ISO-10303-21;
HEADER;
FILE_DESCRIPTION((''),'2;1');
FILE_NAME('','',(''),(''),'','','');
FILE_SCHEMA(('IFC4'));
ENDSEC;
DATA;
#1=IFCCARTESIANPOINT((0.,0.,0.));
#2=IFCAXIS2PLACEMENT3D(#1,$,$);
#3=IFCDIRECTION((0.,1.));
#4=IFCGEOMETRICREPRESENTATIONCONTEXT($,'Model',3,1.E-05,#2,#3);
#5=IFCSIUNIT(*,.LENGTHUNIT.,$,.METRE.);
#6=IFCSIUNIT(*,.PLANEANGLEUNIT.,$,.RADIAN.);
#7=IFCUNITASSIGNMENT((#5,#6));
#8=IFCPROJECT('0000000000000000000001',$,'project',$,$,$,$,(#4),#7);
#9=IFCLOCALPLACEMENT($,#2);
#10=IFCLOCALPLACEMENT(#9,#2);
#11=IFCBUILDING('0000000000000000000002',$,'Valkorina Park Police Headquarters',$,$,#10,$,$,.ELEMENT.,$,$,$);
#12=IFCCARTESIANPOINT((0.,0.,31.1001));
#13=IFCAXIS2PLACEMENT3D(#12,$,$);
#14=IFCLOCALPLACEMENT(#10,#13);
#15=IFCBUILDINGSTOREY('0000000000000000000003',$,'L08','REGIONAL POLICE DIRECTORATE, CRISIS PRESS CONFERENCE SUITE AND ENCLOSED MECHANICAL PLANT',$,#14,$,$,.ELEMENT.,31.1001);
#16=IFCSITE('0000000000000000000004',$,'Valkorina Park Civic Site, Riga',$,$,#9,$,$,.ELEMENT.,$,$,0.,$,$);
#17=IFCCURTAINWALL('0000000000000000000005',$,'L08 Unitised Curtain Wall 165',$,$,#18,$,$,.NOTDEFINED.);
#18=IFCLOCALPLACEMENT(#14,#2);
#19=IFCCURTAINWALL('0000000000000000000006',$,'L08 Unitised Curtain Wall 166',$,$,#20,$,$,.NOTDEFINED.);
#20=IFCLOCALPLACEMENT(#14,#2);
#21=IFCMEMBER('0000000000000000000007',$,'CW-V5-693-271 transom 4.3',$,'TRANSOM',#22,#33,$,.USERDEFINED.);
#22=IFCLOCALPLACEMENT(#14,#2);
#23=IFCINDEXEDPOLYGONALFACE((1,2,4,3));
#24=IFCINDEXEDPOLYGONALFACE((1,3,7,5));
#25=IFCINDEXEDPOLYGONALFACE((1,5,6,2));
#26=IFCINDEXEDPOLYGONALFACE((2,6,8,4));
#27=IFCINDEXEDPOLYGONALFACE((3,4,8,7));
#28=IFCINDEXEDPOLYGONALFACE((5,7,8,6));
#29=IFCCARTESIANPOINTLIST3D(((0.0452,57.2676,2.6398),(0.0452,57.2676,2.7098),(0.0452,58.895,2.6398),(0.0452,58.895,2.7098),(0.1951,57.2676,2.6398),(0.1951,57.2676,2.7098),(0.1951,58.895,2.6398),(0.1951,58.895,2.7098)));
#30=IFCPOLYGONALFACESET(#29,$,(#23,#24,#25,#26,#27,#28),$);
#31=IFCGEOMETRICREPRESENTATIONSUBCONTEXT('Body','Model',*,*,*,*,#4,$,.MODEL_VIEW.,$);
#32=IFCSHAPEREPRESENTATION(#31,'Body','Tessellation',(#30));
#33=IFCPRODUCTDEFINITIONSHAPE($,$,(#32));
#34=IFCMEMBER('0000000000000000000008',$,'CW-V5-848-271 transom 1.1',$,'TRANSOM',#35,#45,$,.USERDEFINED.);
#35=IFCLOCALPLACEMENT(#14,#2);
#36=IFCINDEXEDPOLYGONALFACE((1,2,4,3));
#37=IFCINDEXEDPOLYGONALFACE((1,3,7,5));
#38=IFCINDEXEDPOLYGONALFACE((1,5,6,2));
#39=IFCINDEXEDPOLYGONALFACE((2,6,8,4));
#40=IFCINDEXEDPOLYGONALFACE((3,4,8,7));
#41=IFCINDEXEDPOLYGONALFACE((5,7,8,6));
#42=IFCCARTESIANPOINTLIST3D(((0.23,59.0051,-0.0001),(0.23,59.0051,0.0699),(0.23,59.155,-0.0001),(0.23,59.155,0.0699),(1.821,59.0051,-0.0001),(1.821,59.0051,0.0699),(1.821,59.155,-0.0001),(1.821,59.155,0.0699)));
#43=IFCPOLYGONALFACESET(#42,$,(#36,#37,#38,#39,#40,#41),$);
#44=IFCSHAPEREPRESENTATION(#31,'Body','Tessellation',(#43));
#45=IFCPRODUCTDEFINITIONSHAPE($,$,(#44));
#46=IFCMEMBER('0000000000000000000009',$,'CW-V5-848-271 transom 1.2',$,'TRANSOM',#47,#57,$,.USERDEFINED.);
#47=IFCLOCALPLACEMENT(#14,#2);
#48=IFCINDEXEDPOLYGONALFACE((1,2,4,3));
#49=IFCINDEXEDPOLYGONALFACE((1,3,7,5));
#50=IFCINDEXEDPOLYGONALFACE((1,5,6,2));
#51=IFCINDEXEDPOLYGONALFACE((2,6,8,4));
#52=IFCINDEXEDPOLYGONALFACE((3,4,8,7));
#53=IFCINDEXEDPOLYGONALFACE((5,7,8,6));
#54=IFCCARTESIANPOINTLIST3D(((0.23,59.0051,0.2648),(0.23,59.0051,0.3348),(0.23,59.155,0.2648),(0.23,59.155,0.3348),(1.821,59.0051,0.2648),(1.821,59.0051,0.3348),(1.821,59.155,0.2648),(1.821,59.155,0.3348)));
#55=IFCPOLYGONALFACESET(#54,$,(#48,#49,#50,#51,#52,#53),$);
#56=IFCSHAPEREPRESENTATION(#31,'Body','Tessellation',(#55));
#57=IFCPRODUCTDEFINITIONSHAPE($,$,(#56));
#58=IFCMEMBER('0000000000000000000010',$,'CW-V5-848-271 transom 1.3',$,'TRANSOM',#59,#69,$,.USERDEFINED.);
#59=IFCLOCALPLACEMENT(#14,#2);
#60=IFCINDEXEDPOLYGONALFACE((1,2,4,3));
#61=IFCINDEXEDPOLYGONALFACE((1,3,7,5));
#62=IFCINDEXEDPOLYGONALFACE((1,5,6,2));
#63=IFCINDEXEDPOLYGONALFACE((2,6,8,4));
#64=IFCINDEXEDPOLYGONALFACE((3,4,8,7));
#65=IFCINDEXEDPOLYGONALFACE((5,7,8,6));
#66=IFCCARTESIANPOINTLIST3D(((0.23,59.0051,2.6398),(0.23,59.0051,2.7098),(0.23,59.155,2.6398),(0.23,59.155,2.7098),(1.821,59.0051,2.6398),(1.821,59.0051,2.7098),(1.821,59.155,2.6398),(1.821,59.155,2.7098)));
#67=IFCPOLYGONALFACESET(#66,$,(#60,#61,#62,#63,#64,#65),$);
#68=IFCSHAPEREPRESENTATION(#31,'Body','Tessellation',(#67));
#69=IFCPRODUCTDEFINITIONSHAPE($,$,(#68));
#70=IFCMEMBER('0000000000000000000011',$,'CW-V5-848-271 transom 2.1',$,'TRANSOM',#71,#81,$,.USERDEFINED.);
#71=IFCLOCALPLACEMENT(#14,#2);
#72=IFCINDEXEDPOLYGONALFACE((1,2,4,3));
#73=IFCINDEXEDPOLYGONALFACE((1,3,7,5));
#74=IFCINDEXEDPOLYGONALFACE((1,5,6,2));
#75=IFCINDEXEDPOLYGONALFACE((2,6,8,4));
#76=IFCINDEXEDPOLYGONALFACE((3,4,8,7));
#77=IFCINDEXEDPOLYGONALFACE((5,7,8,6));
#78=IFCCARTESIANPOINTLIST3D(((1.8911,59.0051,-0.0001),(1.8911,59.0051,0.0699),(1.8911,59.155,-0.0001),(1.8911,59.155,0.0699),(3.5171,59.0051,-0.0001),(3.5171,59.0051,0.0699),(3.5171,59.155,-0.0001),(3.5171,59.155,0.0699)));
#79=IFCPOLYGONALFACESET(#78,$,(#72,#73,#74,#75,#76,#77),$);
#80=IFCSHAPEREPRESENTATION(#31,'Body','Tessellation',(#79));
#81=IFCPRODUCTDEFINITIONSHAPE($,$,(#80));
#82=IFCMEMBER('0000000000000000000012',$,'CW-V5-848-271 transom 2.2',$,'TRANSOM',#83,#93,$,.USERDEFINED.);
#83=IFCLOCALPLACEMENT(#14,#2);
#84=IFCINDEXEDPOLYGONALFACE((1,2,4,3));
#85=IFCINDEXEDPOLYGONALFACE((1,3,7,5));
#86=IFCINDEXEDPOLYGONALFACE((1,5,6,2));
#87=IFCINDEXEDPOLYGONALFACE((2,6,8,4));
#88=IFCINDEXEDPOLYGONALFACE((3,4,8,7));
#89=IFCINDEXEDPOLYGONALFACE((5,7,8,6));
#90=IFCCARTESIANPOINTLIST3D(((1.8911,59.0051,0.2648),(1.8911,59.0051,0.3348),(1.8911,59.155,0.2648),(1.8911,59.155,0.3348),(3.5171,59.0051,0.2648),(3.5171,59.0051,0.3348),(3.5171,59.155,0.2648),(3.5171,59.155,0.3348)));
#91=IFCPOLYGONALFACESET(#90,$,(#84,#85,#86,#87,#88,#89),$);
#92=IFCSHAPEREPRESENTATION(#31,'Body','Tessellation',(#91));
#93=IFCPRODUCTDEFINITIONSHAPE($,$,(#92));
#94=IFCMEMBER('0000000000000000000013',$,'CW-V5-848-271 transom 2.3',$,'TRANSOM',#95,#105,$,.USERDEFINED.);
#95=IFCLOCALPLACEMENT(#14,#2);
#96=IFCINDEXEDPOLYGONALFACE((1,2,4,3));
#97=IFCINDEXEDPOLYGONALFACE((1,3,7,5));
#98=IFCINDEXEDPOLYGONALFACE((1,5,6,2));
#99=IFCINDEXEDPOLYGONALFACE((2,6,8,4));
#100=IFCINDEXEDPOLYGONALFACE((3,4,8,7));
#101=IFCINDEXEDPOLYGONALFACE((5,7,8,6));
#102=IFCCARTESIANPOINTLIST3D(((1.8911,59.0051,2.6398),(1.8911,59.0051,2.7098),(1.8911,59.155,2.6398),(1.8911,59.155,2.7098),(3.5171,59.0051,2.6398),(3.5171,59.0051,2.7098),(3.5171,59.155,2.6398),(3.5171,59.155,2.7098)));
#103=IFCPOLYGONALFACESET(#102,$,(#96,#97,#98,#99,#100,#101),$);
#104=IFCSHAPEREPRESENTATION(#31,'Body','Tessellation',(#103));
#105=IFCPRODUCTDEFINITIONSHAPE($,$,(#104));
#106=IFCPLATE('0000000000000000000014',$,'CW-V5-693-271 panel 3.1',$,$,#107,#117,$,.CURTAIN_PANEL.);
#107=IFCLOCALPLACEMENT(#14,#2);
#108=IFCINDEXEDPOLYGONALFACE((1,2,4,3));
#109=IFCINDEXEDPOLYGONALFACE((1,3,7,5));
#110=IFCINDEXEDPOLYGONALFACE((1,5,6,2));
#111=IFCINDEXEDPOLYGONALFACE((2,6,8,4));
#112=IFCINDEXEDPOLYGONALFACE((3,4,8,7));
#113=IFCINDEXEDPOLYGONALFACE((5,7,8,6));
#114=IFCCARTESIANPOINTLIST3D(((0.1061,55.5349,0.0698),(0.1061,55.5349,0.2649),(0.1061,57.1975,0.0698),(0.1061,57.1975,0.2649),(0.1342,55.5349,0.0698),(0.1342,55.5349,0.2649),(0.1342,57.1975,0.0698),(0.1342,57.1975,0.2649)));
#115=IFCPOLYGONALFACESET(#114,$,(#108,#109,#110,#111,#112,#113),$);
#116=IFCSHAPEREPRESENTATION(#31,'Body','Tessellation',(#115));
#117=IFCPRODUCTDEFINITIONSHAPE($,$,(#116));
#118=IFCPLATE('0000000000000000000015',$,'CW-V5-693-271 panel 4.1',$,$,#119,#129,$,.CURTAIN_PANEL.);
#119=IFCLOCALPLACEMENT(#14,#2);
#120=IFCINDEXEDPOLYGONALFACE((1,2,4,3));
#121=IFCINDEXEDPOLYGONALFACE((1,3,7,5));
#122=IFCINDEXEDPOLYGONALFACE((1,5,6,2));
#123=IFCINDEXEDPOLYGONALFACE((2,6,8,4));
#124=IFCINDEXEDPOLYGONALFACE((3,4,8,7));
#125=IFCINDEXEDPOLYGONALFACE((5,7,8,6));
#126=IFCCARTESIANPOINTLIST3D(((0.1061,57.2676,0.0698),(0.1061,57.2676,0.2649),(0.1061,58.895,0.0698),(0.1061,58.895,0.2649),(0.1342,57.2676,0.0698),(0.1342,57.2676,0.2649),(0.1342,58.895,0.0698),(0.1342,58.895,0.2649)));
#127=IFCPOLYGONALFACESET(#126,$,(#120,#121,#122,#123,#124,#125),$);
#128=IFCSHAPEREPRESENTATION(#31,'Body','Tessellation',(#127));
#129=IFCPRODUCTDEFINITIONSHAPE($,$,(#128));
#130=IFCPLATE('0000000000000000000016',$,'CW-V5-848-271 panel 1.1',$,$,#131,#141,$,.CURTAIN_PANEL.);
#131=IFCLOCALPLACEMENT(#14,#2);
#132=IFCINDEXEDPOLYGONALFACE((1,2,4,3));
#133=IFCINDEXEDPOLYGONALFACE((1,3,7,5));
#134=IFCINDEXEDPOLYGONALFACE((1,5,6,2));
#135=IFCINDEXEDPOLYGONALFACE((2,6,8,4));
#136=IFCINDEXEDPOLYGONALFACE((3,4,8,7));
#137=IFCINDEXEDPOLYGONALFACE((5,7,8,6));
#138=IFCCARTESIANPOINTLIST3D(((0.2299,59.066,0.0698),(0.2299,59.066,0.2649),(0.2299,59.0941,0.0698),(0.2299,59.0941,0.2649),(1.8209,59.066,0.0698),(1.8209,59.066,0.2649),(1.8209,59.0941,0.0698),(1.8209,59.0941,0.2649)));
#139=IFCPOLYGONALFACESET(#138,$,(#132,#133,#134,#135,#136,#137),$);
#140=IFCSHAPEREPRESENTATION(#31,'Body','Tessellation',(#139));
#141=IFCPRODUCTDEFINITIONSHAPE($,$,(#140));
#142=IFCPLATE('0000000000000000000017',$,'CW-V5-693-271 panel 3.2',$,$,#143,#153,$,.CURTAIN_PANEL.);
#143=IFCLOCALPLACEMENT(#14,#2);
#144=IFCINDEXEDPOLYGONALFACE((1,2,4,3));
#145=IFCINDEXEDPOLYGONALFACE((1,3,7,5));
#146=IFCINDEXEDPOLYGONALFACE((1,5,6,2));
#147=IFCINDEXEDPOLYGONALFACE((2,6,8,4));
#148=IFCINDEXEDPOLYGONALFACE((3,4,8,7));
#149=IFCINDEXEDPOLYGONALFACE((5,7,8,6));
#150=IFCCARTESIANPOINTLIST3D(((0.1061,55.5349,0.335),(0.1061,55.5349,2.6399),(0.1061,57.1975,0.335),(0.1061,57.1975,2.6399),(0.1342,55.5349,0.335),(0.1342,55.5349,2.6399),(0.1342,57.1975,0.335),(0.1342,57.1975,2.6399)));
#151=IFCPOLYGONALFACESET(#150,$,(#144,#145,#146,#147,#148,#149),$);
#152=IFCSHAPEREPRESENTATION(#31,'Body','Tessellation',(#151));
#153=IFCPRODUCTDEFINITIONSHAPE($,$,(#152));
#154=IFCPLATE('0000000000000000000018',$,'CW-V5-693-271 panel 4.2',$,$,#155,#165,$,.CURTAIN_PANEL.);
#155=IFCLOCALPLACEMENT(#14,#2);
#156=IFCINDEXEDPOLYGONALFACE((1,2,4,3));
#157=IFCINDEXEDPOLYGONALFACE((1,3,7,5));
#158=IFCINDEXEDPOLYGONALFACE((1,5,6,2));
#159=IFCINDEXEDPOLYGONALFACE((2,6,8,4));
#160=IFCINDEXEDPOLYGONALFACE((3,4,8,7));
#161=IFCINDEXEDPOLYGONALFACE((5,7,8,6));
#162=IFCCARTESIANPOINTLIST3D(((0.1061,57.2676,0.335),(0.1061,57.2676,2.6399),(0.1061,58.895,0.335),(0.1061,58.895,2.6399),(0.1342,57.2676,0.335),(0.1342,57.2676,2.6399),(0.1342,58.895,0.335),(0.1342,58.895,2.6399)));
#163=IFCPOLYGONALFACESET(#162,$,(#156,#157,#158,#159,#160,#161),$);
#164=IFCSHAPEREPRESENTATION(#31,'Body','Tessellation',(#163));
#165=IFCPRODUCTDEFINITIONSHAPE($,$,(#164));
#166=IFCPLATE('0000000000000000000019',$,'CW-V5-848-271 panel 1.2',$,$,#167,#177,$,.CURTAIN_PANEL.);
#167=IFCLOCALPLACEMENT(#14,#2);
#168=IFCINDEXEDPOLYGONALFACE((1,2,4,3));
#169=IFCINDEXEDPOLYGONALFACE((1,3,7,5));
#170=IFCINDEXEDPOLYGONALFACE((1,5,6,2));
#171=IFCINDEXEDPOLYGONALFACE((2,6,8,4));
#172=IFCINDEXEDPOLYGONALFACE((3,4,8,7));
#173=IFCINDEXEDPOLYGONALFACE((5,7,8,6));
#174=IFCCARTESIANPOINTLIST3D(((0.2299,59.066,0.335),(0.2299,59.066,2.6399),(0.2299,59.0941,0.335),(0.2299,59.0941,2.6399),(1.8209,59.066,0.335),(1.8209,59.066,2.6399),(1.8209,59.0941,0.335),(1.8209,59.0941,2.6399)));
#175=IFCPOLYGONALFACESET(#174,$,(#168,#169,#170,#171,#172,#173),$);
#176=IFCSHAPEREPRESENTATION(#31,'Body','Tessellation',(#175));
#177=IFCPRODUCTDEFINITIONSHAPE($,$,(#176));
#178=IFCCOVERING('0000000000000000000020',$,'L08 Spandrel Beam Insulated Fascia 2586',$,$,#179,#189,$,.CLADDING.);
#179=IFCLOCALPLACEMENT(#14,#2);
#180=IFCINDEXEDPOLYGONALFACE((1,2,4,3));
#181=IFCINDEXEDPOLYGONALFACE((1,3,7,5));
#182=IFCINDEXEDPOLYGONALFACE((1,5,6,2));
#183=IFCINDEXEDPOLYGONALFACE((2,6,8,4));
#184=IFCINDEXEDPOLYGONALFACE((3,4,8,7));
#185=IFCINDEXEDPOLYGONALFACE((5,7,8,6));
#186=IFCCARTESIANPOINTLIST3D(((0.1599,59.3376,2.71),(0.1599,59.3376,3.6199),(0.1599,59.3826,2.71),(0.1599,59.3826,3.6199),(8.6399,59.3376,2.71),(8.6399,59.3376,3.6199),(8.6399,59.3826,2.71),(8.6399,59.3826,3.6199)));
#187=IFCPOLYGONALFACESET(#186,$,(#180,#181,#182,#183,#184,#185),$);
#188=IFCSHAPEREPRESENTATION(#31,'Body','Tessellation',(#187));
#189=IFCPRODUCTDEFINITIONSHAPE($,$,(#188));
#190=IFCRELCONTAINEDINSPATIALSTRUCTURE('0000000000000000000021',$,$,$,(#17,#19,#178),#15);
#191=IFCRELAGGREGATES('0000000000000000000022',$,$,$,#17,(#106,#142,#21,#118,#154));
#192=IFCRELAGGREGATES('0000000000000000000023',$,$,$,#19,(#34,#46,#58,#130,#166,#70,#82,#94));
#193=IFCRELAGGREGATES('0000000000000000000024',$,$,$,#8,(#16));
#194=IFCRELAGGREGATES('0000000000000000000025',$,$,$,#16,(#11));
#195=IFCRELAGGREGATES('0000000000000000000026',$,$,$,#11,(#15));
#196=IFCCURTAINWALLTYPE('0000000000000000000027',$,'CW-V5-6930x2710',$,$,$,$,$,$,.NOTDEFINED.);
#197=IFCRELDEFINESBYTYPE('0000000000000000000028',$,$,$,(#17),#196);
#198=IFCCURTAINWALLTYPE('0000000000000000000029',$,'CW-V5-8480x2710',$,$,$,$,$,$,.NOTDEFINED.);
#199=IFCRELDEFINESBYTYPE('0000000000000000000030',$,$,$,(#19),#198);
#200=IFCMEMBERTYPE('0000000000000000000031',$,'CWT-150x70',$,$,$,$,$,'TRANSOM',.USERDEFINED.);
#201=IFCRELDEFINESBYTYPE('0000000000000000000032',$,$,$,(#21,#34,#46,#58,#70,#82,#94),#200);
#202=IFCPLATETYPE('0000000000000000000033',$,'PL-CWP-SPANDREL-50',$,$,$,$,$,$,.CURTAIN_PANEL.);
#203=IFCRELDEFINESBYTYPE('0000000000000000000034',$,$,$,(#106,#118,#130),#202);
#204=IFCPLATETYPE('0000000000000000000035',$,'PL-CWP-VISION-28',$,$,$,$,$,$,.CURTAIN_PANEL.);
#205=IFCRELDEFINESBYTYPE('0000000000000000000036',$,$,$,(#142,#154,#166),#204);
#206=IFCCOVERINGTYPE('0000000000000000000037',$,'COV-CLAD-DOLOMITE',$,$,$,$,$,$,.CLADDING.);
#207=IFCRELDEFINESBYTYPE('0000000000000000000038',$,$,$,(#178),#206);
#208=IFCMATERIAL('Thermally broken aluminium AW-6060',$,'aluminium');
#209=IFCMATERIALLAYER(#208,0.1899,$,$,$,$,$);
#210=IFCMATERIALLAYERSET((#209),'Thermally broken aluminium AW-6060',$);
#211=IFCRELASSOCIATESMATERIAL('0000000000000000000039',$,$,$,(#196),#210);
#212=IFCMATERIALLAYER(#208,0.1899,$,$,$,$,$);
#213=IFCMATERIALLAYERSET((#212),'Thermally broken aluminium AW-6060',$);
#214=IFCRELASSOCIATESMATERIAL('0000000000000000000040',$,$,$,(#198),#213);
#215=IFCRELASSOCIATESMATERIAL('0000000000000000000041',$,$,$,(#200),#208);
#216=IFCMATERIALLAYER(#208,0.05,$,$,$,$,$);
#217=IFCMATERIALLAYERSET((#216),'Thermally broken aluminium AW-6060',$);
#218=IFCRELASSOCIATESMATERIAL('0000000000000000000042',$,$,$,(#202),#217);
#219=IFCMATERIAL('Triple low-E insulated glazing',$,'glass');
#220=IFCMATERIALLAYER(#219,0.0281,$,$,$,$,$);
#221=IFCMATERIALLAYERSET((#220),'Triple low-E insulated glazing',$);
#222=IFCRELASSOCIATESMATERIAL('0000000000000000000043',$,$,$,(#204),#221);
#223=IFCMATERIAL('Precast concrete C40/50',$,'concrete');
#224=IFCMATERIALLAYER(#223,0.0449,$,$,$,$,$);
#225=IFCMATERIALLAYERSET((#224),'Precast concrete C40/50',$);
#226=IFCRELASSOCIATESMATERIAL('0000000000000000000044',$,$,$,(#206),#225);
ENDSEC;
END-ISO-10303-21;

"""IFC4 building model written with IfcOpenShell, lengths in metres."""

from ifc_helpers import new_model, si_unit, direction, frame, frame_2d, origin, origin_2d, place, context, subcontext, project, spatial, rectangle, extrude, material, layer, layer_set, material_profile, profile_set, type_object, element, aggregate, save


model = new_model("IFC4")

# Units and contexts
model_context = context("Model", 3, precision=1e-05, world=origin(), true_north=direction((0.0, 1.0)))
body_context = subcontext(model_context, "Body", "Model", "MODEL_VIEW")
ifc_project = project(units=[si_unit("LENGTHUNIT", "METRE"), si_unit("PLANEANGLEUNIT", "RADIAN")], contexts=[model_context])

# Site, building, storey
site_placement = place(None, origin())
site = spatial("IfcSite", under=ifc_project, at=site_placement, Name="Valkorina Park Civic Site, Riga", CompositionType="ELEMENT", RefElevation=0.0)
building_placement = place(site_placement, origin())
building = spatial("IfcBuilding", under=site, at=building_placement, Name="Valkorina Park Police Headquarters", CompositionType="ELEMENT")
storey_placement = place(building_placement, frame((0.0, 0.0, 31.1001)))
storey = spatial("IfcBuildingStorey", under=building, at=storey_placement, Name="L08", Description="REGIONAL POLICE DIRECTORATE, CRISIS PRESS CONFERENCE SUITE AND ENCLOSED MECHANICAL PLANT", CompositionType="ELEMENT", Elevation=31.1001)

# Curtain walls
ifc_material_1 = material(Name="Thermally broken aluminium AW-6060", Category="aluminium")
ifc_layer_1 = layer(ifc_material_1, 0.1899)
ifc_layer_set_1 = layer_set([ifc_layer_1], Name="Thermally broken aluminium AW-6060")
curtain_wall_type_1 = type_object("IfcCurtainWallType", Name="CW-V5-6930x2710", PredefinedType="NOTDEFINED", material=ifc_layer_set_1)
curtain_wall_1_placement = place(storey_placement, origin())
curtain_wall_1 = element("IfcCurtainWall", 1, at=curtain_wall_1_placement, inside=storey, type_object=curtain_wall_type_1, Name="L08 Unitised Curtain Wall 165", PredefinedType="NOTDEFINED")
ifc_layer_2 = layer(ifc_material_1, 0.1899)
ifc_layer_set_2 = layer_set([ifc_layer_2], Name="Thermally broken aluminium AW-6060")
curtain_wall_type_2 = type_object("IfcCurtainWallType", Name="CW-V5-8480x2710", PredefinedType="NOTDEFINED", material=ifc_layer_set_2)
curtain_wall_2_placement = place(storey_placement, origin())
curtain_wall_2 = element("IfcCurtainWall", 2, at=curtain_wall_2_placement, inside=storey, type_object=curtain_wall_type_2, Name="L08 Unitised Curtain Wall 166", PredefinedType="NOTDEFINED")

# Members
ifc_material_profile_1 = material_profile(ifc_material_1, rectangle(XDim=0.1499, YDim=0.0701, at=origin_2d()), Name="CWT-02 150x70")
ifc_profile_set_1 = profile_set([ifc_material_profile_1], Name="Thermally broken aluminium AW-6060")
member_type_1 = type_object("IfcMemberType", Name="CWT-150x70", ElementType="TRANSOM", PredefinedType="USERDEFINED", material=ifc_profile_set_1)
member_1_placement = place(storey_placement, frame((0.1201, 57.2676, 2.6748), z_axis=(0.0, 1.0, 0.0), x_axis=(-1.0, 0.0, 0.0)))
member_1 = element("IfcMember", 3, at=member_1_placement, type_object=member_type_1, Name="CW-V5-693-271 transom 4.3", ObjectType="TRANSOM", PredefinedType="USERDEFINED", context=body_context, shape_type="SweptSolid", body=[
    extrude(rectangle(XDim=0.1499, YDim=0.0701, at=origin_2d()), origin(), (0.0, 0.0, 1.0), 1.6274),
])
member_2_placement = place(storey_placement, frame((0.23, 59.0801, 0.0349), z_axis=(1.0, 0.0, 0.0), x_axis=(0.0, 1.0, 0.0)))
member_2 = element("IfcMember", 4, at=member_2_placement, type_object=member_type_1, Name="CW-V5-848-271 transom 1.1", ObjectType="TRANSOM", PredefinedType="USERDEFINED", context=body_context, shape_type="SweptSolid", body=[
    extrude(rectangle(XDim=0.1499, YDim=0.0701, at=origin_2d()), origin(), (0.0, 0.0, 1.0), 1.5911),
])
member_3_placement = place(storey_placement, frame((0.23, 59.0801, 0.2998), z_axis=(1.0, 0.0, 0.0), x_axis=(0.0, 1.0, 0.0)))
member_3 = element("IfcMember", 5, at=member_3_placement, type_object=member_type_1, Name="CW-V5-848-271 transom 1.2", ObjectType="TRANSOM", PredefinedType="USERDEFINED", context=body_context, shape_type="SweptSolid", body=[
    extrude(rectangle(XDim=0.1499, YDim=0.0701, at=origin_2d()), origin(), (0.0, 0.0, 1.0), 1.5911),
])
member_4_placement = place(storey_placement, frame((0.23, 59.0801, 2.6748), z_axis=(1.0, 0.0, 0.0), x_axis=(0.0, 1.0, 0.0)))
member_4 = element("IfcMember", 6, at=member_4_placement, type_object=member_type_1, Name="CW-V5-848-271 transom 1.3", ObjectType="TRANSOM", PredefinedType="USERDEFINED", context=body_context, shape_type="SweptSolid", body=[
    extrude(rectangle(XDim=0.1499, YDim=0.0701, at=origin_2d()), origin(), (0.0, 0.0, 1.0), 1.5911),
])
member_5_placement = place(storey_placement, frame((1.8911, 59.0801, 0.0349), z_axis=(1.0, 0.0, 0.0), x_axis=(0.0, 1.0, 0.0)))
member_5 = element("IfcMember", 7, at=member_5_placement, type_object=member_type_1, Name="CW-V5-848-271 transom 2.1", ObjectType="TRANSOM", PredefinedType="USERDEFINED", context=body_context, shape_type="SweptSolid", body=[
    extrude(rectangle(XDim=0.1499, YDim=0.0701, at=origin_2d()), origin(), (0.0, 0.0, 1.0), 1.626),
])
member_6_placement = place(storey_placement, frame((1.8911, 59.0801, 0.2998), z_axis=(1.0, 0.0, 0.0), x_axis=(0.0, 1.0, 0.0)))
member_6 = element("IfcMember", 8, at=member_6_placement, type_object=member_type_1, Name="CW-V5-848-271 transom 2.2", ObjectType="TRANSOM", PredefinedType="USERDEFINED", context=body_context, shape_type="SweptSolid", body=[
    extrude(rectangle(XDim=0.1499, YDim=0.0701, at=origin_2d()), origin(), (0.0, 0.0, 1.0), 1.626),
])
member_7_placement = place(storey_placement, frame((1.8911, 59.0801, 2.6748), z_axis=(1.0, 0.0, 0.0), x_axis=(0.0, 1.0, 0.0)))
member_7 = element("IfcMember", 9, at=member_7_placement, type_object=member_type_1, Name="CW-V5-848-271 transom 2.3", ObjectType="TRANSOM", PredefinedType="USERDEFINED", context=body_context, shape_type="SweptSolid", body=[
    extrude(rectangle(XDim=0.1499, YDim=0.0701, at=origin_2d()), origin(), (0.0, 0.0, 1.0), 1.626),
])

# Plates
ifc_layer_3 = layer(ifc_material_1, 0.05)
ifc_layer_set_3 = layer_set([ifc_layer_3], Name="Thermally broken aluminium AW-6060")
plate_type_1 = type_object("IfcPlateType", Name="PL-CWP-SPANDREL-50", PredefinedType="CURTAIN_PANEL", material=ifc_layer_set_3)
plate_1_placement = place(storey_placement, frame((0.1201, 56.3662, 0.0698), z_axis=(0.0, 0.0, 1.0), x_axis=(0.0, 1.0, 0.0)))
plate_1 = element("IfcPlate", 10, at=plate_1_placement, type_object=plate_type_1, Name="CW-V5-693-271 panel 3.1", PredefinedType="CURTAIN_PANEL", context=body_context, shape_type="SweptSolid", body=[
    extrude(rectangle(XDim=1.6626, YDim=0.0281, at=origin_2d()), origin(), (0.0, 0.0, 1.0), 0.1951),
])
plate_2_placement = place(storey_placement, frame((0.1201, 58.0813, 0.0698), z_axis=(0.0, 0.0, 1.0), x_axis=(0.0, 1.0, 0.0)))
plate_2 = element("IfcPlate", 11, at=plate_2_placement, type_object=plate_type_1, Name="CW-V5-693-271 panel 4.1", PredefinedType="CURTAIN_PANEL", context=body_context, shape_type="SweptSolid", body=[
    extrude(rectangle(XDim=1.6274, YDim=0.0281, at=origin_2d()), origin(), (0.0, 0.0, 1.0), 0.1951),
])
plate_3_placement = place(storey_placement, frame((1.0254, 59.0801, 0.0698), z_axis=(0.0, 0.0, 1.0), x_axis=(1.0, 0.0, 0.0)))
plate_3 = element("IfcPlate", 12, at=plate_3_placement, type_object=plate_type_1, Name="CW-V5-848-271 panel 1.1", PredefinedType="CURTAIN_PANEL", context=body_context, shape_type="SweptSolid", body=[
    extrude(rectangle(XDim=1.5911, YDim=0.0281, at=origin_2d()), origin(), (0.0, 0.0, 1.0), 0.1951),
])
ifc_material_2 = material(Name="Triple low-E insulated glazing", Category="glass")
ifc_layer_4 = layer(ifc_material_2, 0.0281)
ifc_layer_set_4 = layer_set([ifc_layer_4], Name="Triple low-E insulated glazing")
plate_type_2 = type_object("IfcPlateType", Name="PL-CWP-VISION-28", PredefinedType="CURTAIN_PANEL", material=ifc_layer_set_4)
plate_4_placement = place(storey_placement, frame((0.1201, 56.3662, 0.335), z_axis=(0.0, 0.0, 1.0), x_axis=(0.0, 1.0, 0.0)))
plate_4 = element("IfcPlate", 13, at=plate_4_placement, type_object=plate_type_2, Name="CW-V5-693-271 panel 3.2", PredefinedType="CURTAIN_PANEL", context=body_context, shape_type="SweptSolid", body=[
    extrude(rectangle(XDim=1.6626, YDim=0.0281, at=origin_2d()), origin(), (0.0, 0.0, 1.0), 2.3049),
])
plate_5_placement = place(storey_placement, frame((0.1201, 58.0813, 0.335), z_axis=(0.0, 0.0, 1.0), x_axis=(0.0, 1.0, 0.0)))
plate_5 = element("IfcPlate", 14, at=plate_5_placement, type_object=plate_type_2, Name="CW-V5-693-271 panel 4.2", PredefinedType="CURTAIN_PANEL", context=body_context, shape_type="SweptSolid", body=[
    extrude(rectangle(XDim=1.6274, YDim=0.0281, at=origin_2d()), origin(), (0.0, 0.0, 1.0), 2.3049),
])
aggregate(curtain_wall_1, [plate_1, plate_4, member_1, plate_2, plate_5])
plate_6_placement = place(storey_placement, frame((1.0254, 59.0801, 0.335), z_axis=(0.0, 0.0, 1.0), x_axis=(1.0, 0.0, 0.0)))
plate_6 = element("IfcPlate", 15, at=plate_6_placement, type_object=plate_type_2, Name="CW-V5-848-271 panel 1.2", PredefinedType="CURTAIN_PANEL", context=body_context, shape_type="SweptSolid", body=[
    extrude(rectangle(XDim=1.5911, YDim=0.0281, at=origin_2d()), origin(), (0.0, 0.0, 1.0), 2.3049),
])
aggregate(curtain_wall_2, [member_2, member_3, member_4, plate_3, plate_6, member_5, member_6, member_7])

# Covering
ifc_material_3 = material(Name="Precast concrete C40/50", Category="concrete")
ifc_layer_5 = layer(ifc_material_3, 0.0449)
ifc_layer_set_5 = layer_set([ifc_layer_5], Name="Precast concrete C40/50")
covering_type_1 = type_object("IfcCoveringType", Name="COV-CLAD-DOLOMITE", PredefinedType="CLADDING", material=ifc_layer_set_5)
covering_1_placement = place(storey_placement, frame((0.1599, 59.3601, 2.71), z_axis=(0.0, 0.0, 1.0), x_axis=(1.0, 0.0, 0.0)))
element("IfcCovering", 16, at=covering_1_placement, inside=storey, type_object=covering_type_1, Name="L08 Spandrel Beam Insulated Fascia 2586", PredefinedType="CLADDING", context=body_context, shape_type="SweptSolid", body=[
    extrude(rectangle(XDim=8.48, YDim=0.0449, at=frame_2d((4.24, 0.0))), origin(), (0.0, 0.0, 1.0), 0.9099),
])

save(model, "model.ifc")
